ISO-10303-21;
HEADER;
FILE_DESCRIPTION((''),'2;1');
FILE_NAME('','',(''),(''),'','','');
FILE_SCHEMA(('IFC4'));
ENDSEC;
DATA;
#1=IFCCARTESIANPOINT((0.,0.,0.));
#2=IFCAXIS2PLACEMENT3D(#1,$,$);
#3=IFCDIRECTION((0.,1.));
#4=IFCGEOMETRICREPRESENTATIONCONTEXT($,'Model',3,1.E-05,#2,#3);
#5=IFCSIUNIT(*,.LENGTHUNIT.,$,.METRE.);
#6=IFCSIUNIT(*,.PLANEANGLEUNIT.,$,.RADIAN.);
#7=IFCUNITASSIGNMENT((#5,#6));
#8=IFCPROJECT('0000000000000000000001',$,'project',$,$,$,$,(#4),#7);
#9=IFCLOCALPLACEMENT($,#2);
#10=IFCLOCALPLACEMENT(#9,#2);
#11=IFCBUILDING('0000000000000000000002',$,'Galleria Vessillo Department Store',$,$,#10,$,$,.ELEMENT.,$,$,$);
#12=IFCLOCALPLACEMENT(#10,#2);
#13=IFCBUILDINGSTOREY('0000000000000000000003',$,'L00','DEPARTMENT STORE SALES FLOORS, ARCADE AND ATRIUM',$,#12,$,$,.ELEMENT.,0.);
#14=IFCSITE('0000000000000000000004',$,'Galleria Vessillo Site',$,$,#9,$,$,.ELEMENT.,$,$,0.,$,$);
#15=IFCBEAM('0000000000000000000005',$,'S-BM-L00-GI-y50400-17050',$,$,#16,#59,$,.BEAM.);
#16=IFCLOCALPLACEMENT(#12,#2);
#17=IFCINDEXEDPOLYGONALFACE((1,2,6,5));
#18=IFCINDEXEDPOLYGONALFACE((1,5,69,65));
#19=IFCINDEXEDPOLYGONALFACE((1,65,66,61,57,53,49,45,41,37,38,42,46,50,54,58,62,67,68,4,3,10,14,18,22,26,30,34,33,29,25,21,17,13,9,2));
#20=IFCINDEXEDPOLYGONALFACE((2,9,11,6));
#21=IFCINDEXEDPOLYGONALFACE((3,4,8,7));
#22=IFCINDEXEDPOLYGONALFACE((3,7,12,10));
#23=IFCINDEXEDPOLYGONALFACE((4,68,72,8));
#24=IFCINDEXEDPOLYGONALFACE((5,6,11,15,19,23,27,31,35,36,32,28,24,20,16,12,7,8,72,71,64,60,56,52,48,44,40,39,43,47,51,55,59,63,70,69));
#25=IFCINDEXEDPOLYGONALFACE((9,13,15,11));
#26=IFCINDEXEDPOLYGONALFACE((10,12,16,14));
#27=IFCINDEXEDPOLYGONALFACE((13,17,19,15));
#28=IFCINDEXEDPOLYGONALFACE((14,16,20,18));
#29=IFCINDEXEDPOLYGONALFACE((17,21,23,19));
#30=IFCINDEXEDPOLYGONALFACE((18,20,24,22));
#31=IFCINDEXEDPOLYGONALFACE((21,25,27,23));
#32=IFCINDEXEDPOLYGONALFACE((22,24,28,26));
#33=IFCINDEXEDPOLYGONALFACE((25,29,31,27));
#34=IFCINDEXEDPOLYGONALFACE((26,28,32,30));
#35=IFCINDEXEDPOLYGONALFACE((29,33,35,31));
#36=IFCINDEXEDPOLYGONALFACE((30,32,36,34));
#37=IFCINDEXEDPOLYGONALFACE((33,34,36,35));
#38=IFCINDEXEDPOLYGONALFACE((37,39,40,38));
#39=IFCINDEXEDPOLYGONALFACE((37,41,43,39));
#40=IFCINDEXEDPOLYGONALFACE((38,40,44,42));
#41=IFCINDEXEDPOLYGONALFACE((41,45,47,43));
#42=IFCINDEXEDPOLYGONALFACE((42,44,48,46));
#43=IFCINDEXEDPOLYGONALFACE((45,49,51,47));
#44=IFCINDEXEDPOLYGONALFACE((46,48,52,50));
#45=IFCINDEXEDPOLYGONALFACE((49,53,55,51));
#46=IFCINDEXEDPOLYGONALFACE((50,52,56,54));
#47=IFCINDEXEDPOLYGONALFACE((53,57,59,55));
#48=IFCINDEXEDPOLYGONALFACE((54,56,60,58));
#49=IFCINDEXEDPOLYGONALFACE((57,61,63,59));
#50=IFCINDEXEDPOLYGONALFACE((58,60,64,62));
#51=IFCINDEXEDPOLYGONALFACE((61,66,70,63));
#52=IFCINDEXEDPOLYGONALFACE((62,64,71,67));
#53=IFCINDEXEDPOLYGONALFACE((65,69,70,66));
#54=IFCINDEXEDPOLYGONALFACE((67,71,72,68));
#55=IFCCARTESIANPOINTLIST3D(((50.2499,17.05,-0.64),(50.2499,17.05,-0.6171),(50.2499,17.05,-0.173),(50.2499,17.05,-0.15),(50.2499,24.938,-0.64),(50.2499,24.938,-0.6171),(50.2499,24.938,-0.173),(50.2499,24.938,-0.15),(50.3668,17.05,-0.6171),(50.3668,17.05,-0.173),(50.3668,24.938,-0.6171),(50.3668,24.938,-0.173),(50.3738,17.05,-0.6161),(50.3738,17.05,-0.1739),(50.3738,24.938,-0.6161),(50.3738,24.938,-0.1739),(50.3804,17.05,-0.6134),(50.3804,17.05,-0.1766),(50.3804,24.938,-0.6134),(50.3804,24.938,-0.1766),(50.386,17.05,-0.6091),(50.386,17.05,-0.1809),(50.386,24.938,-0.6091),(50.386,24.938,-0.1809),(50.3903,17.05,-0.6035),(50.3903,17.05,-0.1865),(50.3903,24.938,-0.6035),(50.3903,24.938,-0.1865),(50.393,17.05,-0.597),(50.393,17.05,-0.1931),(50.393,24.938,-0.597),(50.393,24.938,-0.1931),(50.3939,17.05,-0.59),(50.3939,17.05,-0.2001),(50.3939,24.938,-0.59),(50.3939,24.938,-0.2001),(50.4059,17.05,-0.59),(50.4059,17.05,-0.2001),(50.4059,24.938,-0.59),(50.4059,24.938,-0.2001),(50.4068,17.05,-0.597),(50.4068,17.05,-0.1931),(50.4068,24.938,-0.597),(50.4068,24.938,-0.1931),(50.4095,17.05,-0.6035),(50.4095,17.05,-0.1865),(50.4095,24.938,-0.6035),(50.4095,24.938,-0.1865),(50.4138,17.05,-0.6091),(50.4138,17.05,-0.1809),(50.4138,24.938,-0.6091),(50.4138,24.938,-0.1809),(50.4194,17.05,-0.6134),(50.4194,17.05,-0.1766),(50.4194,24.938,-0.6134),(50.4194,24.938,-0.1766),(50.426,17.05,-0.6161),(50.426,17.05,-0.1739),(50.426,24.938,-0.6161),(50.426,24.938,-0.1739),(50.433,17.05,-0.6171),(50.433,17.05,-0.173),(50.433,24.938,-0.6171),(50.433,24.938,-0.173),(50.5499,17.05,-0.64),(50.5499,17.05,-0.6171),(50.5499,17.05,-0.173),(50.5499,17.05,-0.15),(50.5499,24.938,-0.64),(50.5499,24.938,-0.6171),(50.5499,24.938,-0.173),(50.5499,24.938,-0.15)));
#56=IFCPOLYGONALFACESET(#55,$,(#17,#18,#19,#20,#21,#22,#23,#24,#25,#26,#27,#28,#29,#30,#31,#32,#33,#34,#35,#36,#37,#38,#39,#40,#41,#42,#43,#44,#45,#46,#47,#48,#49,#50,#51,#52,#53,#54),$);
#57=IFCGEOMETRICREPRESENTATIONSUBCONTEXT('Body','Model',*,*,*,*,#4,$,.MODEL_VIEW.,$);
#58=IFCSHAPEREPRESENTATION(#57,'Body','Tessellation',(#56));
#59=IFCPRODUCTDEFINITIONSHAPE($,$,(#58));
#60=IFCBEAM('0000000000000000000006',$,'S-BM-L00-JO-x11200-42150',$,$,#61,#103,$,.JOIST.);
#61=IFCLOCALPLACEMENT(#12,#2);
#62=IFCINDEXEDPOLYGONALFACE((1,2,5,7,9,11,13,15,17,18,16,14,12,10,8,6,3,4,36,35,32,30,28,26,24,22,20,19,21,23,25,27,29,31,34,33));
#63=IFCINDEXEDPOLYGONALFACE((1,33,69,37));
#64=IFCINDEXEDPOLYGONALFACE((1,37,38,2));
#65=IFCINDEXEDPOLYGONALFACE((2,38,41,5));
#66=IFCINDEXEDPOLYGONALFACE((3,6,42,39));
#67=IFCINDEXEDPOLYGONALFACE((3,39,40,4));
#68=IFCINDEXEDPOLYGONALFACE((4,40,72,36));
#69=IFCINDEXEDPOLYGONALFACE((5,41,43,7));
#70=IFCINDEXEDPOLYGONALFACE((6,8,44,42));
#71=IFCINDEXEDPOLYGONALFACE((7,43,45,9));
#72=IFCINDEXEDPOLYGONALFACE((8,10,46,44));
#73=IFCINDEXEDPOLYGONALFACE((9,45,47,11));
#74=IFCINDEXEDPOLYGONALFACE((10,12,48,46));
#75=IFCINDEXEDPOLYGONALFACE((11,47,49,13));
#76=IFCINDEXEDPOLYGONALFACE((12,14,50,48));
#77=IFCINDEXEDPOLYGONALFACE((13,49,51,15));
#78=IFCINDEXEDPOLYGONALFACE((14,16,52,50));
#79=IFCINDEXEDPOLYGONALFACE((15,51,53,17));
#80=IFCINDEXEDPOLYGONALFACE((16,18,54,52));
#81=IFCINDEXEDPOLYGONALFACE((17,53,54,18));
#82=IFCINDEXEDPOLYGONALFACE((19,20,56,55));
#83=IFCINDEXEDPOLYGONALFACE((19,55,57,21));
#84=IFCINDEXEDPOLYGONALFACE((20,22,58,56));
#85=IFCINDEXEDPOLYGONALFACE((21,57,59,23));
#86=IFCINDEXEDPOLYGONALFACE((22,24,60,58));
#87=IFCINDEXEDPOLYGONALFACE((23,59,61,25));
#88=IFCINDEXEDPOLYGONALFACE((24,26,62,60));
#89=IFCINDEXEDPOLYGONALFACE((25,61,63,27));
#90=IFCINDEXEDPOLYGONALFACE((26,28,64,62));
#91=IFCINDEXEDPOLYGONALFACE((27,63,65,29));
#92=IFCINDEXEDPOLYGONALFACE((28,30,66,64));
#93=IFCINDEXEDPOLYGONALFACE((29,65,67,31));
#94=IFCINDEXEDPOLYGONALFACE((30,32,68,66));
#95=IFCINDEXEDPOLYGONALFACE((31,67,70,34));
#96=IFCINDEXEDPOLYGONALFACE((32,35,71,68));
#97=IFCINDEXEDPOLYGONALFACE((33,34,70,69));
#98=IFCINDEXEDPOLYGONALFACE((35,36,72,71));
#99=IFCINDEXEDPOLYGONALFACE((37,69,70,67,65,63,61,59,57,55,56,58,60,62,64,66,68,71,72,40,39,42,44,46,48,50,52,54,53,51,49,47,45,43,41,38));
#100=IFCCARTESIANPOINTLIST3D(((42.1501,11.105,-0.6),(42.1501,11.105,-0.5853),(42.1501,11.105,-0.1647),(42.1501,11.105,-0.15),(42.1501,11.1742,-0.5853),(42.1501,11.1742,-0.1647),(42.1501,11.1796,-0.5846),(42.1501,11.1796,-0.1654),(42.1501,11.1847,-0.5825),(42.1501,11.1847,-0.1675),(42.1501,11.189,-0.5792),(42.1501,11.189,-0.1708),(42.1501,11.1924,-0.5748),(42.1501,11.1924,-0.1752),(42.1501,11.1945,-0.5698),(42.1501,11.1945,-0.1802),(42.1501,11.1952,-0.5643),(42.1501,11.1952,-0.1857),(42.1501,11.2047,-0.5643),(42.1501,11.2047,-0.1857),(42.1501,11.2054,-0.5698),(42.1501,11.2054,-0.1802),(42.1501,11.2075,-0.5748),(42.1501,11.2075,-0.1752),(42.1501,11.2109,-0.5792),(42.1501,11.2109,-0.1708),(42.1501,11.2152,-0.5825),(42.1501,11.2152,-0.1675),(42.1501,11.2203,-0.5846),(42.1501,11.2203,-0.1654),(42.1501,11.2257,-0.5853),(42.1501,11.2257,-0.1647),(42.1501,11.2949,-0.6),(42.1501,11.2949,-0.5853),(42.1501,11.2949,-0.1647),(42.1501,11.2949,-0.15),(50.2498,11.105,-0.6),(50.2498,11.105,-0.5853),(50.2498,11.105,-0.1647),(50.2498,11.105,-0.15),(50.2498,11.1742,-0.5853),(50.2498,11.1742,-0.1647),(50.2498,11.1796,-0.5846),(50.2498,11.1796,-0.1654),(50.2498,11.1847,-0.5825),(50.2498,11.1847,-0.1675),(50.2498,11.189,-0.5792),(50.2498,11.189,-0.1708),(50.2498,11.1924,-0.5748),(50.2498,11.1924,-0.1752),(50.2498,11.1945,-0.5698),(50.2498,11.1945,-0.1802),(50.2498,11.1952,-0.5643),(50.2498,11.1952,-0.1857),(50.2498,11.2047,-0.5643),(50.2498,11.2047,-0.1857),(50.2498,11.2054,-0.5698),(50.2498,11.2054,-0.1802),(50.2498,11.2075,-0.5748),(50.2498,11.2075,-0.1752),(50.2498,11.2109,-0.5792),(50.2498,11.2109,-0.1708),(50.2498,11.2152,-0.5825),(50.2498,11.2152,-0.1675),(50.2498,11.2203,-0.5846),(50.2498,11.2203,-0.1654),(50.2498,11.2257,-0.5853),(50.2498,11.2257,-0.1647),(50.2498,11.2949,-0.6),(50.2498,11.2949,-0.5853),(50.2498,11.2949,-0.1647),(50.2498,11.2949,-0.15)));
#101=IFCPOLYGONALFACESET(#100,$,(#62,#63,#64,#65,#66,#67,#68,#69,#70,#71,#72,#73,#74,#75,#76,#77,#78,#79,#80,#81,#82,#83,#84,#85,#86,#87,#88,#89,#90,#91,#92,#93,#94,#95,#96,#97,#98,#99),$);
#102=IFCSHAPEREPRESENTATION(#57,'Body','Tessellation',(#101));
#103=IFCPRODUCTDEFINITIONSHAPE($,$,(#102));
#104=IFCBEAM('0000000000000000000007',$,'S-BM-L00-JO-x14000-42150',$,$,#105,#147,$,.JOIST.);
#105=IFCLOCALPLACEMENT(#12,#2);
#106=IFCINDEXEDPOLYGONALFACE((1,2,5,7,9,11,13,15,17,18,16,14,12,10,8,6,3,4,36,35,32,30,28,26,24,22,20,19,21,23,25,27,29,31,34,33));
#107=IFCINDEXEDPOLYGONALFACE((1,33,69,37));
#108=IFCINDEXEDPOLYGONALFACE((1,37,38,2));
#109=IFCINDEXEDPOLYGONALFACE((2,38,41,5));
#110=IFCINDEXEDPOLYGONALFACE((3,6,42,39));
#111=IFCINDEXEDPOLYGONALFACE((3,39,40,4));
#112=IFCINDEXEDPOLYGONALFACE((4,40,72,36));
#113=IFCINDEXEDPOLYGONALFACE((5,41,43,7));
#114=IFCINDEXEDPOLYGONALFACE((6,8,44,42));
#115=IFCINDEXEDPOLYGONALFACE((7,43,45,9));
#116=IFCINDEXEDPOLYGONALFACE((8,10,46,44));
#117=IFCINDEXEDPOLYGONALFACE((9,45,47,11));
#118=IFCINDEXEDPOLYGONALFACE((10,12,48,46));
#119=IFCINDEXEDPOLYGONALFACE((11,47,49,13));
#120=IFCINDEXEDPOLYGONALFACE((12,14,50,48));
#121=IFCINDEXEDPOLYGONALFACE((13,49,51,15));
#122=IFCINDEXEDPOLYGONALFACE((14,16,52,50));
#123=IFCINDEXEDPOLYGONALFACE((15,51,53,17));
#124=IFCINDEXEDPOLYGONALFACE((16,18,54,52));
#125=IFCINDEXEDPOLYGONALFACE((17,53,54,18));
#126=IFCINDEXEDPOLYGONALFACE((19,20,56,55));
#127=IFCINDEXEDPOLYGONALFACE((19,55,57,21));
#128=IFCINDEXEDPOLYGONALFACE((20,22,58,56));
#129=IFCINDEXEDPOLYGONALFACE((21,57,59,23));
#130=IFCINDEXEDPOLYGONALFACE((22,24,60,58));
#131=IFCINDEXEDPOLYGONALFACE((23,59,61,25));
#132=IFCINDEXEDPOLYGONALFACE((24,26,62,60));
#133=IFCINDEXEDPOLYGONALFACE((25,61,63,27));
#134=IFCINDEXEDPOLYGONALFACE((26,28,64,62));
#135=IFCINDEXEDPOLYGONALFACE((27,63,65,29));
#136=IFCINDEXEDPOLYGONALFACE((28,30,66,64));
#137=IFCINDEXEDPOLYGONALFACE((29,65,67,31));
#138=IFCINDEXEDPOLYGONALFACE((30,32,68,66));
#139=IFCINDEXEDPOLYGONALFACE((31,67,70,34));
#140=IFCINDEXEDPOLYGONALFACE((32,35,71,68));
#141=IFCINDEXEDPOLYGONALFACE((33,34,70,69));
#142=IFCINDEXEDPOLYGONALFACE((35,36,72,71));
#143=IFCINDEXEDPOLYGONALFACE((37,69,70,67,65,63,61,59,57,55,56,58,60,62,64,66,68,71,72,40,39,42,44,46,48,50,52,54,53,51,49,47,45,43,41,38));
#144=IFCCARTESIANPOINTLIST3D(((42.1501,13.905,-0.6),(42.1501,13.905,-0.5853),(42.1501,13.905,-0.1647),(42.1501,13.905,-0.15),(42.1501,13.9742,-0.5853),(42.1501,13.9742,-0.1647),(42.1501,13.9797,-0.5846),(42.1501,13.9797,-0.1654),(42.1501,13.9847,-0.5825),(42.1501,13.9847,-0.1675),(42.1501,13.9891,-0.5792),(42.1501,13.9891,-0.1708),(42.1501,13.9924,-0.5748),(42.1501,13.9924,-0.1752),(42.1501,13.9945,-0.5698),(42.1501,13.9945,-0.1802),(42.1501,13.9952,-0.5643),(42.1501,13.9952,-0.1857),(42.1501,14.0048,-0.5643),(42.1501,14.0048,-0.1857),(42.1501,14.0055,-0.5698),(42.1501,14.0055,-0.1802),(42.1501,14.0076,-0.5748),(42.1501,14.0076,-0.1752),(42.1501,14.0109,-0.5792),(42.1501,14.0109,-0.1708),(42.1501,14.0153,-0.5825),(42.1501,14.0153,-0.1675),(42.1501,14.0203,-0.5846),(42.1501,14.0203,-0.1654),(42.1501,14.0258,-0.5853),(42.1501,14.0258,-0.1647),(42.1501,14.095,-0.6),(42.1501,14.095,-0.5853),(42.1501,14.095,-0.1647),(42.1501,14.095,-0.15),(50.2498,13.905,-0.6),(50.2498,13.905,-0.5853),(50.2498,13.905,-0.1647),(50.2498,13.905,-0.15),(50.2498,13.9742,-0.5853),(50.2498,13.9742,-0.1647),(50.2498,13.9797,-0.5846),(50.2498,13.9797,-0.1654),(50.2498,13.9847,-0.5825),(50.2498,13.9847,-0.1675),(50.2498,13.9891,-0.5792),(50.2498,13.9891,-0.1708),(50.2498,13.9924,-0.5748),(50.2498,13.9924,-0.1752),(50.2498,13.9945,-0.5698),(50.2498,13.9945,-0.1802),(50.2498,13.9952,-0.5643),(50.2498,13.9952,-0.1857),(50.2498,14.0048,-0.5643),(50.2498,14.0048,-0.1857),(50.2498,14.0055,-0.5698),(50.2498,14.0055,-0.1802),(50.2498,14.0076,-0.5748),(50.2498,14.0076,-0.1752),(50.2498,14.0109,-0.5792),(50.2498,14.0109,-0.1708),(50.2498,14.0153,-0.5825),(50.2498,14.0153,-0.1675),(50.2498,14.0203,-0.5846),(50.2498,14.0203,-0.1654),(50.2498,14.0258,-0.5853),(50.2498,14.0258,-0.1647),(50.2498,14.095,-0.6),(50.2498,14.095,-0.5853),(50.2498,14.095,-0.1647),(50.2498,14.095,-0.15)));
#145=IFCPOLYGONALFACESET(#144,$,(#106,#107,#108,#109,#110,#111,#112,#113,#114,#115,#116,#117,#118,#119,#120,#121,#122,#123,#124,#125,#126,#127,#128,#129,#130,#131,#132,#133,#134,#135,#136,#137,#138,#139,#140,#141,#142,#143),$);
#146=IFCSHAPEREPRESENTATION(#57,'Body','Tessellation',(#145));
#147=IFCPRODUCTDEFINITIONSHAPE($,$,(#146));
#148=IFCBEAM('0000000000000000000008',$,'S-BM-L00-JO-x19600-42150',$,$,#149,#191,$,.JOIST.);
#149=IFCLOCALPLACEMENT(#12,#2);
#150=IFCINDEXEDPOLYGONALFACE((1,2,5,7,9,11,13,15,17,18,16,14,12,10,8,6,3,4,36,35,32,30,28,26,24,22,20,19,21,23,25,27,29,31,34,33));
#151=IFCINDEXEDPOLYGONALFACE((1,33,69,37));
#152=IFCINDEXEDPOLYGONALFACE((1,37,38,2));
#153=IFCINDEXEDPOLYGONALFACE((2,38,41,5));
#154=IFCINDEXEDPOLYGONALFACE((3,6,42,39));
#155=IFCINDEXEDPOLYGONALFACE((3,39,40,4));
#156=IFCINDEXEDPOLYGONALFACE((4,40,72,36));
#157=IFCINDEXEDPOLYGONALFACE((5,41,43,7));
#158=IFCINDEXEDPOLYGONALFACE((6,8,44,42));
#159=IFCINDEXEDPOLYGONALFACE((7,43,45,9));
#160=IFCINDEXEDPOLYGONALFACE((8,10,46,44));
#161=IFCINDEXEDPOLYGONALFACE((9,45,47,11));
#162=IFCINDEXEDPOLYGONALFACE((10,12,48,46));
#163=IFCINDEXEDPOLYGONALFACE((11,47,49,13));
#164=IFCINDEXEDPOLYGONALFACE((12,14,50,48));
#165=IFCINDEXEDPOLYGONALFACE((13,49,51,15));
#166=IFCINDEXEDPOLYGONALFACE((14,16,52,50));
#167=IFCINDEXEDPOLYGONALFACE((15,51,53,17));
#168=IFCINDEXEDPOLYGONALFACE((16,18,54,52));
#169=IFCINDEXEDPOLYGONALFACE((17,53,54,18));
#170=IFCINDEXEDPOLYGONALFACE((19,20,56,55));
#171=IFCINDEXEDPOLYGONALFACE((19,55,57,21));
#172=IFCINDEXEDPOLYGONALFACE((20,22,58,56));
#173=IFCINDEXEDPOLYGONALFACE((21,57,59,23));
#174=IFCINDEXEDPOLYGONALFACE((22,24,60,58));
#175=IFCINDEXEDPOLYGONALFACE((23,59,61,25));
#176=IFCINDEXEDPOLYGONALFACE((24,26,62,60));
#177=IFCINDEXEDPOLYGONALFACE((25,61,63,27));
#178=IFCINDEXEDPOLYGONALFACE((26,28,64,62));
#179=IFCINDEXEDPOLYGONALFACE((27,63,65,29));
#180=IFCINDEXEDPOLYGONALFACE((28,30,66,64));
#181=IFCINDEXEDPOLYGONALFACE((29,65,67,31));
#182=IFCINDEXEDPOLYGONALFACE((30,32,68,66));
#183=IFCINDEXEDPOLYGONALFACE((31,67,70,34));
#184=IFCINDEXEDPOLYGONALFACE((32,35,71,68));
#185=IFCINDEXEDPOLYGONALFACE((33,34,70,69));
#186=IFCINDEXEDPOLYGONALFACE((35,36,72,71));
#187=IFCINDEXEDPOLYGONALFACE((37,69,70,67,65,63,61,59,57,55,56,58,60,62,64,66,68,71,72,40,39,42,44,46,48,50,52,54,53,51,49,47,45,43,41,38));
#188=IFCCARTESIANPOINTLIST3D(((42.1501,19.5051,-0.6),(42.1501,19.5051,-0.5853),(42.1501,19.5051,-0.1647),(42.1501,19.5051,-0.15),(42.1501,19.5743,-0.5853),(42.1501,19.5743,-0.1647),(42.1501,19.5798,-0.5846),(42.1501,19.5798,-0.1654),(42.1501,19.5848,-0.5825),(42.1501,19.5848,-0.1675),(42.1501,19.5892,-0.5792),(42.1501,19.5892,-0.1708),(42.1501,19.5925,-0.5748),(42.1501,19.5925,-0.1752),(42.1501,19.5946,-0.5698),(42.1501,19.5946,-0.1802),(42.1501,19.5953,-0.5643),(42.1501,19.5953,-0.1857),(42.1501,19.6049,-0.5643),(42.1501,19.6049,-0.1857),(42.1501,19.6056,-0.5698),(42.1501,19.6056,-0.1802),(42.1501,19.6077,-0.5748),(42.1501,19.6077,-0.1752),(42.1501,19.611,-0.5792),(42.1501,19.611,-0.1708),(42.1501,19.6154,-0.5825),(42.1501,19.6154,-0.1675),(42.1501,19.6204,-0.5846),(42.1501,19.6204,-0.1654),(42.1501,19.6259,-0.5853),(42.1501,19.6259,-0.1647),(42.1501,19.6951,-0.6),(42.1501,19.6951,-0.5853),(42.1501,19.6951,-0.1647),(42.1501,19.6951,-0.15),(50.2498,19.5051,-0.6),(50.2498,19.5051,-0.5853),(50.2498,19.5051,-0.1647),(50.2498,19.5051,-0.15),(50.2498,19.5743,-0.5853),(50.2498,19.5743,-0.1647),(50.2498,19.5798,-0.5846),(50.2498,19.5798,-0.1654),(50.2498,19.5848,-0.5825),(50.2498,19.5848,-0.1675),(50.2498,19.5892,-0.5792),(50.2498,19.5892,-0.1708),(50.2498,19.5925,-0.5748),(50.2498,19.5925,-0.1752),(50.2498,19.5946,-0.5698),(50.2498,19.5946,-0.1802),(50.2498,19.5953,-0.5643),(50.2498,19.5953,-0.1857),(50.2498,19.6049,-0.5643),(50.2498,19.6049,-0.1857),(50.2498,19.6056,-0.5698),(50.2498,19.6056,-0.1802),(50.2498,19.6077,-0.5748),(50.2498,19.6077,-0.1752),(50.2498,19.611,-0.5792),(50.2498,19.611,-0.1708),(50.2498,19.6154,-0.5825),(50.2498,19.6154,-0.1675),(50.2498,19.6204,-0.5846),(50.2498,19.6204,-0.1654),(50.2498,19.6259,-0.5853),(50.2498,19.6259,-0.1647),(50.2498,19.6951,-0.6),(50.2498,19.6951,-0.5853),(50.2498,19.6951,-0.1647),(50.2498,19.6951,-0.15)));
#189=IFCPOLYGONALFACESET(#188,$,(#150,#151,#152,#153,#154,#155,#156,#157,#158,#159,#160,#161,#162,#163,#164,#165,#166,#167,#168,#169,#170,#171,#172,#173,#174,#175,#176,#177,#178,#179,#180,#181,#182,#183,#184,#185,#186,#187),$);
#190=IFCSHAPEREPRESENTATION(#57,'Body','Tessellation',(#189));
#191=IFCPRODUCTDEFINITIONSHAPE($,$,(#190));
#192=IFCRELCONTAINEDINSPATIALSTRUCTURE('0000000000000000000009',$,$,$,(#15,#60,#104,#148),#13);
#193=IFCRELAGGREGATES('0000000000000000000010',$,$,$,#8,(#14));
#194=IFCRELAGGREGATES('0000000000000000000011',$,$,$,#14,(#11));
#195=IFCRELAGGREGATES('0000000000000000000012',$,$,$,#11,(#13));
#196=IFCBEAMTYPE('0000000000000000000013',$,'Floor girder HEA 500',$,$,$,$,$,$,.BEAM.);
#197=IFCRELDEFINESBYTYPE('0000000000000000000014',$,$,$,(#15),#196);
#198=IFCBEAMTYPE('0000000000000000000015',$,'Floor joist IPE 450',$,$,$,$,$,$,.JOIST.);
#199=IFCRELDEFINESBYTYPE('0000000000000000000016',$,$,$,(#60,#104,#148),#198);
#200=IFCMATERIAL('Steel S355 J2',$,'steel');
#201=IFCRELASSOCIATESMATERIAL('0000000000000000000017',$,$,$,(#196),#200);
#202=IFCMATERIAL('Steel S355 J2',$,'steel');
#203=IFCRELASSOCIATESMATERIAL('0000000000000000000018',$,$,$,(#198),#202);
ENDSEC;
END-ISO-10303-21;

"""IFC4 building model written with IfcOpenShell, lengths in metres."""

from ifc_helpers import new_model, si_unit, direction, frame, origin, origin_2d, place, context, subcontext, project, spatial, i_section, extrude, material, material_profile, profile_set, type_object, element, save


model = new_model("IFC4")

# Units and contexts
model_context = context("Model", 3, precision=1e-05, world=origin(), true_north=direction((0.0, 1.0)))
body_context = subcontext(model_context, "Body", "Model", "MODEL_VIEW")
ifc_project = project(units=[si_unit("LENGTHUNIT", "METRE"), si_unit("PLANEANGLEUNIT", "RADIAN")], contexts=[model_context])

# Site, building, storey
site_placement = place(None, origin())
site = spatial("IfcSite", under=ifc_project, at=site_placement, Name="Galleria Vessillo Site", CompositionType="ELEMENT", RefElevation=0.0)
building_placement = place(site_placement, origin())
building = spatial("IfcBuilding", under=site, at=building_placement, Name="Galleria Vessillo Department Store", CompositionType="ELEMENT")
storey_placement = place(building_placement, origin())
storey = spatial("IfcBuildingStorey", under=building, at=storey_placement, Name="L00", Description="DEPARTMENT STORE SALES FLOORS, ARCADE AND ATRIUM", CompositionType="ELEMENT", Elevation=0.0)

# Beams
ifc_material_1 = material(Name="Steel S355 J2", Category="steel")
ifc_material_profile_1 = material_profile(ifc_material_1, i_section(OverallWidth=0.3, OverallDepth=0.49, WebThickness=0.012, FlangeThickness=0.0229, FilletRadius=0.0271, at=origin_2d()), Name="HEA 500")
ifc_profile_set_1 = profile_set([ifc_material_profile_1], Name="Steel S355 J2")
beam_type_1 = type_object("IfcBeamType", Name="Floor girder HEA 500", PredefinedType="BEAM", material=ifc_profile_set_1)
beam_1_placement = place(storey_placement, frame((50.3999, 17.05, -0.395), z_axis=(0.0, 1.0, 0.0), x_axis=(-1.0, 0.0, 0.0)))
element("IfcBeam", 1, at=beam_1_placement, inside=storey, type_object=beam_type_1, Name="S-BM-L00-GI-y50400-17050", PredefinedType="BEAM", context=body_context, shape_type="SweptSolid", body=[
    extrude(i_section(OverallWidth=0.3, OverallDepth=0.49, WebThickness=0.012, FlangeThickness=0.0229, FilletRadius=0.0271, at=origin_2d()), origin(), (0.0, 0.0, 1.0), 7.8879),
])
ifc_material_2 = material(Name="Steel S355 J2", Category="steel")
ifc_material_profile_2 = material_profile(ifc_material_2, i_section(OverallWidth=0.1899, OverallDepth=0.45, WebThickness=0.0095, FlangeThickness=0.0146, FilletRadius=0.021, at=origin_2d()), Name="IPE 450")
ifc_profile_set_2 = profile_set([ifc_material_profile_2], Name="Steel S355 J2")
beam_type_2 = type_object("IfcBeamType", Name="Floor joist IPE 450", PredefinedType="JOIST", material=ifc_profile_set_2)
for number, where, z_axis, x_axis, name in (
    (2, (42.1501, 11.2, -0.375), (1.0, 0.0, 0.0), (0.0, 1.0, 0.0), "S-BM-L00-JO-x11200-42150"),
    (3, (42.1501, 14.0, -0.375), (1.0, 0.0, 0.0), (0.0, 1.0, 0.0), "S-BM-L00-JO-x14000-42150"),
    (4, (42.1501, 19.6001, -0.375), (1.0, 0.0, 0.0), (0.0, 1.0, 0.0), "S-BM-L00-JO-x19600-42150"),
):
    element("IfcBeam", number, at=place(storey_placement, frame(where, z_axis=z_axis, x_axis=x_axis)), inside=storey, type_object=beam_type_2, Name=name, PredefinedType="JOIST", context=body_context, shape_type="SweptSolid", body=[
        extrude(i_section(OverallWidth=0.1899, OverallDepth=0.45, WebThickness=0.0095, FlangeThickness=0.0146, FilletRadius=0.021, at=origin_2d()), origin(), (0.0, 0.0, 1.0), 8.0996),
    ])

save(model, "model.ifc")
